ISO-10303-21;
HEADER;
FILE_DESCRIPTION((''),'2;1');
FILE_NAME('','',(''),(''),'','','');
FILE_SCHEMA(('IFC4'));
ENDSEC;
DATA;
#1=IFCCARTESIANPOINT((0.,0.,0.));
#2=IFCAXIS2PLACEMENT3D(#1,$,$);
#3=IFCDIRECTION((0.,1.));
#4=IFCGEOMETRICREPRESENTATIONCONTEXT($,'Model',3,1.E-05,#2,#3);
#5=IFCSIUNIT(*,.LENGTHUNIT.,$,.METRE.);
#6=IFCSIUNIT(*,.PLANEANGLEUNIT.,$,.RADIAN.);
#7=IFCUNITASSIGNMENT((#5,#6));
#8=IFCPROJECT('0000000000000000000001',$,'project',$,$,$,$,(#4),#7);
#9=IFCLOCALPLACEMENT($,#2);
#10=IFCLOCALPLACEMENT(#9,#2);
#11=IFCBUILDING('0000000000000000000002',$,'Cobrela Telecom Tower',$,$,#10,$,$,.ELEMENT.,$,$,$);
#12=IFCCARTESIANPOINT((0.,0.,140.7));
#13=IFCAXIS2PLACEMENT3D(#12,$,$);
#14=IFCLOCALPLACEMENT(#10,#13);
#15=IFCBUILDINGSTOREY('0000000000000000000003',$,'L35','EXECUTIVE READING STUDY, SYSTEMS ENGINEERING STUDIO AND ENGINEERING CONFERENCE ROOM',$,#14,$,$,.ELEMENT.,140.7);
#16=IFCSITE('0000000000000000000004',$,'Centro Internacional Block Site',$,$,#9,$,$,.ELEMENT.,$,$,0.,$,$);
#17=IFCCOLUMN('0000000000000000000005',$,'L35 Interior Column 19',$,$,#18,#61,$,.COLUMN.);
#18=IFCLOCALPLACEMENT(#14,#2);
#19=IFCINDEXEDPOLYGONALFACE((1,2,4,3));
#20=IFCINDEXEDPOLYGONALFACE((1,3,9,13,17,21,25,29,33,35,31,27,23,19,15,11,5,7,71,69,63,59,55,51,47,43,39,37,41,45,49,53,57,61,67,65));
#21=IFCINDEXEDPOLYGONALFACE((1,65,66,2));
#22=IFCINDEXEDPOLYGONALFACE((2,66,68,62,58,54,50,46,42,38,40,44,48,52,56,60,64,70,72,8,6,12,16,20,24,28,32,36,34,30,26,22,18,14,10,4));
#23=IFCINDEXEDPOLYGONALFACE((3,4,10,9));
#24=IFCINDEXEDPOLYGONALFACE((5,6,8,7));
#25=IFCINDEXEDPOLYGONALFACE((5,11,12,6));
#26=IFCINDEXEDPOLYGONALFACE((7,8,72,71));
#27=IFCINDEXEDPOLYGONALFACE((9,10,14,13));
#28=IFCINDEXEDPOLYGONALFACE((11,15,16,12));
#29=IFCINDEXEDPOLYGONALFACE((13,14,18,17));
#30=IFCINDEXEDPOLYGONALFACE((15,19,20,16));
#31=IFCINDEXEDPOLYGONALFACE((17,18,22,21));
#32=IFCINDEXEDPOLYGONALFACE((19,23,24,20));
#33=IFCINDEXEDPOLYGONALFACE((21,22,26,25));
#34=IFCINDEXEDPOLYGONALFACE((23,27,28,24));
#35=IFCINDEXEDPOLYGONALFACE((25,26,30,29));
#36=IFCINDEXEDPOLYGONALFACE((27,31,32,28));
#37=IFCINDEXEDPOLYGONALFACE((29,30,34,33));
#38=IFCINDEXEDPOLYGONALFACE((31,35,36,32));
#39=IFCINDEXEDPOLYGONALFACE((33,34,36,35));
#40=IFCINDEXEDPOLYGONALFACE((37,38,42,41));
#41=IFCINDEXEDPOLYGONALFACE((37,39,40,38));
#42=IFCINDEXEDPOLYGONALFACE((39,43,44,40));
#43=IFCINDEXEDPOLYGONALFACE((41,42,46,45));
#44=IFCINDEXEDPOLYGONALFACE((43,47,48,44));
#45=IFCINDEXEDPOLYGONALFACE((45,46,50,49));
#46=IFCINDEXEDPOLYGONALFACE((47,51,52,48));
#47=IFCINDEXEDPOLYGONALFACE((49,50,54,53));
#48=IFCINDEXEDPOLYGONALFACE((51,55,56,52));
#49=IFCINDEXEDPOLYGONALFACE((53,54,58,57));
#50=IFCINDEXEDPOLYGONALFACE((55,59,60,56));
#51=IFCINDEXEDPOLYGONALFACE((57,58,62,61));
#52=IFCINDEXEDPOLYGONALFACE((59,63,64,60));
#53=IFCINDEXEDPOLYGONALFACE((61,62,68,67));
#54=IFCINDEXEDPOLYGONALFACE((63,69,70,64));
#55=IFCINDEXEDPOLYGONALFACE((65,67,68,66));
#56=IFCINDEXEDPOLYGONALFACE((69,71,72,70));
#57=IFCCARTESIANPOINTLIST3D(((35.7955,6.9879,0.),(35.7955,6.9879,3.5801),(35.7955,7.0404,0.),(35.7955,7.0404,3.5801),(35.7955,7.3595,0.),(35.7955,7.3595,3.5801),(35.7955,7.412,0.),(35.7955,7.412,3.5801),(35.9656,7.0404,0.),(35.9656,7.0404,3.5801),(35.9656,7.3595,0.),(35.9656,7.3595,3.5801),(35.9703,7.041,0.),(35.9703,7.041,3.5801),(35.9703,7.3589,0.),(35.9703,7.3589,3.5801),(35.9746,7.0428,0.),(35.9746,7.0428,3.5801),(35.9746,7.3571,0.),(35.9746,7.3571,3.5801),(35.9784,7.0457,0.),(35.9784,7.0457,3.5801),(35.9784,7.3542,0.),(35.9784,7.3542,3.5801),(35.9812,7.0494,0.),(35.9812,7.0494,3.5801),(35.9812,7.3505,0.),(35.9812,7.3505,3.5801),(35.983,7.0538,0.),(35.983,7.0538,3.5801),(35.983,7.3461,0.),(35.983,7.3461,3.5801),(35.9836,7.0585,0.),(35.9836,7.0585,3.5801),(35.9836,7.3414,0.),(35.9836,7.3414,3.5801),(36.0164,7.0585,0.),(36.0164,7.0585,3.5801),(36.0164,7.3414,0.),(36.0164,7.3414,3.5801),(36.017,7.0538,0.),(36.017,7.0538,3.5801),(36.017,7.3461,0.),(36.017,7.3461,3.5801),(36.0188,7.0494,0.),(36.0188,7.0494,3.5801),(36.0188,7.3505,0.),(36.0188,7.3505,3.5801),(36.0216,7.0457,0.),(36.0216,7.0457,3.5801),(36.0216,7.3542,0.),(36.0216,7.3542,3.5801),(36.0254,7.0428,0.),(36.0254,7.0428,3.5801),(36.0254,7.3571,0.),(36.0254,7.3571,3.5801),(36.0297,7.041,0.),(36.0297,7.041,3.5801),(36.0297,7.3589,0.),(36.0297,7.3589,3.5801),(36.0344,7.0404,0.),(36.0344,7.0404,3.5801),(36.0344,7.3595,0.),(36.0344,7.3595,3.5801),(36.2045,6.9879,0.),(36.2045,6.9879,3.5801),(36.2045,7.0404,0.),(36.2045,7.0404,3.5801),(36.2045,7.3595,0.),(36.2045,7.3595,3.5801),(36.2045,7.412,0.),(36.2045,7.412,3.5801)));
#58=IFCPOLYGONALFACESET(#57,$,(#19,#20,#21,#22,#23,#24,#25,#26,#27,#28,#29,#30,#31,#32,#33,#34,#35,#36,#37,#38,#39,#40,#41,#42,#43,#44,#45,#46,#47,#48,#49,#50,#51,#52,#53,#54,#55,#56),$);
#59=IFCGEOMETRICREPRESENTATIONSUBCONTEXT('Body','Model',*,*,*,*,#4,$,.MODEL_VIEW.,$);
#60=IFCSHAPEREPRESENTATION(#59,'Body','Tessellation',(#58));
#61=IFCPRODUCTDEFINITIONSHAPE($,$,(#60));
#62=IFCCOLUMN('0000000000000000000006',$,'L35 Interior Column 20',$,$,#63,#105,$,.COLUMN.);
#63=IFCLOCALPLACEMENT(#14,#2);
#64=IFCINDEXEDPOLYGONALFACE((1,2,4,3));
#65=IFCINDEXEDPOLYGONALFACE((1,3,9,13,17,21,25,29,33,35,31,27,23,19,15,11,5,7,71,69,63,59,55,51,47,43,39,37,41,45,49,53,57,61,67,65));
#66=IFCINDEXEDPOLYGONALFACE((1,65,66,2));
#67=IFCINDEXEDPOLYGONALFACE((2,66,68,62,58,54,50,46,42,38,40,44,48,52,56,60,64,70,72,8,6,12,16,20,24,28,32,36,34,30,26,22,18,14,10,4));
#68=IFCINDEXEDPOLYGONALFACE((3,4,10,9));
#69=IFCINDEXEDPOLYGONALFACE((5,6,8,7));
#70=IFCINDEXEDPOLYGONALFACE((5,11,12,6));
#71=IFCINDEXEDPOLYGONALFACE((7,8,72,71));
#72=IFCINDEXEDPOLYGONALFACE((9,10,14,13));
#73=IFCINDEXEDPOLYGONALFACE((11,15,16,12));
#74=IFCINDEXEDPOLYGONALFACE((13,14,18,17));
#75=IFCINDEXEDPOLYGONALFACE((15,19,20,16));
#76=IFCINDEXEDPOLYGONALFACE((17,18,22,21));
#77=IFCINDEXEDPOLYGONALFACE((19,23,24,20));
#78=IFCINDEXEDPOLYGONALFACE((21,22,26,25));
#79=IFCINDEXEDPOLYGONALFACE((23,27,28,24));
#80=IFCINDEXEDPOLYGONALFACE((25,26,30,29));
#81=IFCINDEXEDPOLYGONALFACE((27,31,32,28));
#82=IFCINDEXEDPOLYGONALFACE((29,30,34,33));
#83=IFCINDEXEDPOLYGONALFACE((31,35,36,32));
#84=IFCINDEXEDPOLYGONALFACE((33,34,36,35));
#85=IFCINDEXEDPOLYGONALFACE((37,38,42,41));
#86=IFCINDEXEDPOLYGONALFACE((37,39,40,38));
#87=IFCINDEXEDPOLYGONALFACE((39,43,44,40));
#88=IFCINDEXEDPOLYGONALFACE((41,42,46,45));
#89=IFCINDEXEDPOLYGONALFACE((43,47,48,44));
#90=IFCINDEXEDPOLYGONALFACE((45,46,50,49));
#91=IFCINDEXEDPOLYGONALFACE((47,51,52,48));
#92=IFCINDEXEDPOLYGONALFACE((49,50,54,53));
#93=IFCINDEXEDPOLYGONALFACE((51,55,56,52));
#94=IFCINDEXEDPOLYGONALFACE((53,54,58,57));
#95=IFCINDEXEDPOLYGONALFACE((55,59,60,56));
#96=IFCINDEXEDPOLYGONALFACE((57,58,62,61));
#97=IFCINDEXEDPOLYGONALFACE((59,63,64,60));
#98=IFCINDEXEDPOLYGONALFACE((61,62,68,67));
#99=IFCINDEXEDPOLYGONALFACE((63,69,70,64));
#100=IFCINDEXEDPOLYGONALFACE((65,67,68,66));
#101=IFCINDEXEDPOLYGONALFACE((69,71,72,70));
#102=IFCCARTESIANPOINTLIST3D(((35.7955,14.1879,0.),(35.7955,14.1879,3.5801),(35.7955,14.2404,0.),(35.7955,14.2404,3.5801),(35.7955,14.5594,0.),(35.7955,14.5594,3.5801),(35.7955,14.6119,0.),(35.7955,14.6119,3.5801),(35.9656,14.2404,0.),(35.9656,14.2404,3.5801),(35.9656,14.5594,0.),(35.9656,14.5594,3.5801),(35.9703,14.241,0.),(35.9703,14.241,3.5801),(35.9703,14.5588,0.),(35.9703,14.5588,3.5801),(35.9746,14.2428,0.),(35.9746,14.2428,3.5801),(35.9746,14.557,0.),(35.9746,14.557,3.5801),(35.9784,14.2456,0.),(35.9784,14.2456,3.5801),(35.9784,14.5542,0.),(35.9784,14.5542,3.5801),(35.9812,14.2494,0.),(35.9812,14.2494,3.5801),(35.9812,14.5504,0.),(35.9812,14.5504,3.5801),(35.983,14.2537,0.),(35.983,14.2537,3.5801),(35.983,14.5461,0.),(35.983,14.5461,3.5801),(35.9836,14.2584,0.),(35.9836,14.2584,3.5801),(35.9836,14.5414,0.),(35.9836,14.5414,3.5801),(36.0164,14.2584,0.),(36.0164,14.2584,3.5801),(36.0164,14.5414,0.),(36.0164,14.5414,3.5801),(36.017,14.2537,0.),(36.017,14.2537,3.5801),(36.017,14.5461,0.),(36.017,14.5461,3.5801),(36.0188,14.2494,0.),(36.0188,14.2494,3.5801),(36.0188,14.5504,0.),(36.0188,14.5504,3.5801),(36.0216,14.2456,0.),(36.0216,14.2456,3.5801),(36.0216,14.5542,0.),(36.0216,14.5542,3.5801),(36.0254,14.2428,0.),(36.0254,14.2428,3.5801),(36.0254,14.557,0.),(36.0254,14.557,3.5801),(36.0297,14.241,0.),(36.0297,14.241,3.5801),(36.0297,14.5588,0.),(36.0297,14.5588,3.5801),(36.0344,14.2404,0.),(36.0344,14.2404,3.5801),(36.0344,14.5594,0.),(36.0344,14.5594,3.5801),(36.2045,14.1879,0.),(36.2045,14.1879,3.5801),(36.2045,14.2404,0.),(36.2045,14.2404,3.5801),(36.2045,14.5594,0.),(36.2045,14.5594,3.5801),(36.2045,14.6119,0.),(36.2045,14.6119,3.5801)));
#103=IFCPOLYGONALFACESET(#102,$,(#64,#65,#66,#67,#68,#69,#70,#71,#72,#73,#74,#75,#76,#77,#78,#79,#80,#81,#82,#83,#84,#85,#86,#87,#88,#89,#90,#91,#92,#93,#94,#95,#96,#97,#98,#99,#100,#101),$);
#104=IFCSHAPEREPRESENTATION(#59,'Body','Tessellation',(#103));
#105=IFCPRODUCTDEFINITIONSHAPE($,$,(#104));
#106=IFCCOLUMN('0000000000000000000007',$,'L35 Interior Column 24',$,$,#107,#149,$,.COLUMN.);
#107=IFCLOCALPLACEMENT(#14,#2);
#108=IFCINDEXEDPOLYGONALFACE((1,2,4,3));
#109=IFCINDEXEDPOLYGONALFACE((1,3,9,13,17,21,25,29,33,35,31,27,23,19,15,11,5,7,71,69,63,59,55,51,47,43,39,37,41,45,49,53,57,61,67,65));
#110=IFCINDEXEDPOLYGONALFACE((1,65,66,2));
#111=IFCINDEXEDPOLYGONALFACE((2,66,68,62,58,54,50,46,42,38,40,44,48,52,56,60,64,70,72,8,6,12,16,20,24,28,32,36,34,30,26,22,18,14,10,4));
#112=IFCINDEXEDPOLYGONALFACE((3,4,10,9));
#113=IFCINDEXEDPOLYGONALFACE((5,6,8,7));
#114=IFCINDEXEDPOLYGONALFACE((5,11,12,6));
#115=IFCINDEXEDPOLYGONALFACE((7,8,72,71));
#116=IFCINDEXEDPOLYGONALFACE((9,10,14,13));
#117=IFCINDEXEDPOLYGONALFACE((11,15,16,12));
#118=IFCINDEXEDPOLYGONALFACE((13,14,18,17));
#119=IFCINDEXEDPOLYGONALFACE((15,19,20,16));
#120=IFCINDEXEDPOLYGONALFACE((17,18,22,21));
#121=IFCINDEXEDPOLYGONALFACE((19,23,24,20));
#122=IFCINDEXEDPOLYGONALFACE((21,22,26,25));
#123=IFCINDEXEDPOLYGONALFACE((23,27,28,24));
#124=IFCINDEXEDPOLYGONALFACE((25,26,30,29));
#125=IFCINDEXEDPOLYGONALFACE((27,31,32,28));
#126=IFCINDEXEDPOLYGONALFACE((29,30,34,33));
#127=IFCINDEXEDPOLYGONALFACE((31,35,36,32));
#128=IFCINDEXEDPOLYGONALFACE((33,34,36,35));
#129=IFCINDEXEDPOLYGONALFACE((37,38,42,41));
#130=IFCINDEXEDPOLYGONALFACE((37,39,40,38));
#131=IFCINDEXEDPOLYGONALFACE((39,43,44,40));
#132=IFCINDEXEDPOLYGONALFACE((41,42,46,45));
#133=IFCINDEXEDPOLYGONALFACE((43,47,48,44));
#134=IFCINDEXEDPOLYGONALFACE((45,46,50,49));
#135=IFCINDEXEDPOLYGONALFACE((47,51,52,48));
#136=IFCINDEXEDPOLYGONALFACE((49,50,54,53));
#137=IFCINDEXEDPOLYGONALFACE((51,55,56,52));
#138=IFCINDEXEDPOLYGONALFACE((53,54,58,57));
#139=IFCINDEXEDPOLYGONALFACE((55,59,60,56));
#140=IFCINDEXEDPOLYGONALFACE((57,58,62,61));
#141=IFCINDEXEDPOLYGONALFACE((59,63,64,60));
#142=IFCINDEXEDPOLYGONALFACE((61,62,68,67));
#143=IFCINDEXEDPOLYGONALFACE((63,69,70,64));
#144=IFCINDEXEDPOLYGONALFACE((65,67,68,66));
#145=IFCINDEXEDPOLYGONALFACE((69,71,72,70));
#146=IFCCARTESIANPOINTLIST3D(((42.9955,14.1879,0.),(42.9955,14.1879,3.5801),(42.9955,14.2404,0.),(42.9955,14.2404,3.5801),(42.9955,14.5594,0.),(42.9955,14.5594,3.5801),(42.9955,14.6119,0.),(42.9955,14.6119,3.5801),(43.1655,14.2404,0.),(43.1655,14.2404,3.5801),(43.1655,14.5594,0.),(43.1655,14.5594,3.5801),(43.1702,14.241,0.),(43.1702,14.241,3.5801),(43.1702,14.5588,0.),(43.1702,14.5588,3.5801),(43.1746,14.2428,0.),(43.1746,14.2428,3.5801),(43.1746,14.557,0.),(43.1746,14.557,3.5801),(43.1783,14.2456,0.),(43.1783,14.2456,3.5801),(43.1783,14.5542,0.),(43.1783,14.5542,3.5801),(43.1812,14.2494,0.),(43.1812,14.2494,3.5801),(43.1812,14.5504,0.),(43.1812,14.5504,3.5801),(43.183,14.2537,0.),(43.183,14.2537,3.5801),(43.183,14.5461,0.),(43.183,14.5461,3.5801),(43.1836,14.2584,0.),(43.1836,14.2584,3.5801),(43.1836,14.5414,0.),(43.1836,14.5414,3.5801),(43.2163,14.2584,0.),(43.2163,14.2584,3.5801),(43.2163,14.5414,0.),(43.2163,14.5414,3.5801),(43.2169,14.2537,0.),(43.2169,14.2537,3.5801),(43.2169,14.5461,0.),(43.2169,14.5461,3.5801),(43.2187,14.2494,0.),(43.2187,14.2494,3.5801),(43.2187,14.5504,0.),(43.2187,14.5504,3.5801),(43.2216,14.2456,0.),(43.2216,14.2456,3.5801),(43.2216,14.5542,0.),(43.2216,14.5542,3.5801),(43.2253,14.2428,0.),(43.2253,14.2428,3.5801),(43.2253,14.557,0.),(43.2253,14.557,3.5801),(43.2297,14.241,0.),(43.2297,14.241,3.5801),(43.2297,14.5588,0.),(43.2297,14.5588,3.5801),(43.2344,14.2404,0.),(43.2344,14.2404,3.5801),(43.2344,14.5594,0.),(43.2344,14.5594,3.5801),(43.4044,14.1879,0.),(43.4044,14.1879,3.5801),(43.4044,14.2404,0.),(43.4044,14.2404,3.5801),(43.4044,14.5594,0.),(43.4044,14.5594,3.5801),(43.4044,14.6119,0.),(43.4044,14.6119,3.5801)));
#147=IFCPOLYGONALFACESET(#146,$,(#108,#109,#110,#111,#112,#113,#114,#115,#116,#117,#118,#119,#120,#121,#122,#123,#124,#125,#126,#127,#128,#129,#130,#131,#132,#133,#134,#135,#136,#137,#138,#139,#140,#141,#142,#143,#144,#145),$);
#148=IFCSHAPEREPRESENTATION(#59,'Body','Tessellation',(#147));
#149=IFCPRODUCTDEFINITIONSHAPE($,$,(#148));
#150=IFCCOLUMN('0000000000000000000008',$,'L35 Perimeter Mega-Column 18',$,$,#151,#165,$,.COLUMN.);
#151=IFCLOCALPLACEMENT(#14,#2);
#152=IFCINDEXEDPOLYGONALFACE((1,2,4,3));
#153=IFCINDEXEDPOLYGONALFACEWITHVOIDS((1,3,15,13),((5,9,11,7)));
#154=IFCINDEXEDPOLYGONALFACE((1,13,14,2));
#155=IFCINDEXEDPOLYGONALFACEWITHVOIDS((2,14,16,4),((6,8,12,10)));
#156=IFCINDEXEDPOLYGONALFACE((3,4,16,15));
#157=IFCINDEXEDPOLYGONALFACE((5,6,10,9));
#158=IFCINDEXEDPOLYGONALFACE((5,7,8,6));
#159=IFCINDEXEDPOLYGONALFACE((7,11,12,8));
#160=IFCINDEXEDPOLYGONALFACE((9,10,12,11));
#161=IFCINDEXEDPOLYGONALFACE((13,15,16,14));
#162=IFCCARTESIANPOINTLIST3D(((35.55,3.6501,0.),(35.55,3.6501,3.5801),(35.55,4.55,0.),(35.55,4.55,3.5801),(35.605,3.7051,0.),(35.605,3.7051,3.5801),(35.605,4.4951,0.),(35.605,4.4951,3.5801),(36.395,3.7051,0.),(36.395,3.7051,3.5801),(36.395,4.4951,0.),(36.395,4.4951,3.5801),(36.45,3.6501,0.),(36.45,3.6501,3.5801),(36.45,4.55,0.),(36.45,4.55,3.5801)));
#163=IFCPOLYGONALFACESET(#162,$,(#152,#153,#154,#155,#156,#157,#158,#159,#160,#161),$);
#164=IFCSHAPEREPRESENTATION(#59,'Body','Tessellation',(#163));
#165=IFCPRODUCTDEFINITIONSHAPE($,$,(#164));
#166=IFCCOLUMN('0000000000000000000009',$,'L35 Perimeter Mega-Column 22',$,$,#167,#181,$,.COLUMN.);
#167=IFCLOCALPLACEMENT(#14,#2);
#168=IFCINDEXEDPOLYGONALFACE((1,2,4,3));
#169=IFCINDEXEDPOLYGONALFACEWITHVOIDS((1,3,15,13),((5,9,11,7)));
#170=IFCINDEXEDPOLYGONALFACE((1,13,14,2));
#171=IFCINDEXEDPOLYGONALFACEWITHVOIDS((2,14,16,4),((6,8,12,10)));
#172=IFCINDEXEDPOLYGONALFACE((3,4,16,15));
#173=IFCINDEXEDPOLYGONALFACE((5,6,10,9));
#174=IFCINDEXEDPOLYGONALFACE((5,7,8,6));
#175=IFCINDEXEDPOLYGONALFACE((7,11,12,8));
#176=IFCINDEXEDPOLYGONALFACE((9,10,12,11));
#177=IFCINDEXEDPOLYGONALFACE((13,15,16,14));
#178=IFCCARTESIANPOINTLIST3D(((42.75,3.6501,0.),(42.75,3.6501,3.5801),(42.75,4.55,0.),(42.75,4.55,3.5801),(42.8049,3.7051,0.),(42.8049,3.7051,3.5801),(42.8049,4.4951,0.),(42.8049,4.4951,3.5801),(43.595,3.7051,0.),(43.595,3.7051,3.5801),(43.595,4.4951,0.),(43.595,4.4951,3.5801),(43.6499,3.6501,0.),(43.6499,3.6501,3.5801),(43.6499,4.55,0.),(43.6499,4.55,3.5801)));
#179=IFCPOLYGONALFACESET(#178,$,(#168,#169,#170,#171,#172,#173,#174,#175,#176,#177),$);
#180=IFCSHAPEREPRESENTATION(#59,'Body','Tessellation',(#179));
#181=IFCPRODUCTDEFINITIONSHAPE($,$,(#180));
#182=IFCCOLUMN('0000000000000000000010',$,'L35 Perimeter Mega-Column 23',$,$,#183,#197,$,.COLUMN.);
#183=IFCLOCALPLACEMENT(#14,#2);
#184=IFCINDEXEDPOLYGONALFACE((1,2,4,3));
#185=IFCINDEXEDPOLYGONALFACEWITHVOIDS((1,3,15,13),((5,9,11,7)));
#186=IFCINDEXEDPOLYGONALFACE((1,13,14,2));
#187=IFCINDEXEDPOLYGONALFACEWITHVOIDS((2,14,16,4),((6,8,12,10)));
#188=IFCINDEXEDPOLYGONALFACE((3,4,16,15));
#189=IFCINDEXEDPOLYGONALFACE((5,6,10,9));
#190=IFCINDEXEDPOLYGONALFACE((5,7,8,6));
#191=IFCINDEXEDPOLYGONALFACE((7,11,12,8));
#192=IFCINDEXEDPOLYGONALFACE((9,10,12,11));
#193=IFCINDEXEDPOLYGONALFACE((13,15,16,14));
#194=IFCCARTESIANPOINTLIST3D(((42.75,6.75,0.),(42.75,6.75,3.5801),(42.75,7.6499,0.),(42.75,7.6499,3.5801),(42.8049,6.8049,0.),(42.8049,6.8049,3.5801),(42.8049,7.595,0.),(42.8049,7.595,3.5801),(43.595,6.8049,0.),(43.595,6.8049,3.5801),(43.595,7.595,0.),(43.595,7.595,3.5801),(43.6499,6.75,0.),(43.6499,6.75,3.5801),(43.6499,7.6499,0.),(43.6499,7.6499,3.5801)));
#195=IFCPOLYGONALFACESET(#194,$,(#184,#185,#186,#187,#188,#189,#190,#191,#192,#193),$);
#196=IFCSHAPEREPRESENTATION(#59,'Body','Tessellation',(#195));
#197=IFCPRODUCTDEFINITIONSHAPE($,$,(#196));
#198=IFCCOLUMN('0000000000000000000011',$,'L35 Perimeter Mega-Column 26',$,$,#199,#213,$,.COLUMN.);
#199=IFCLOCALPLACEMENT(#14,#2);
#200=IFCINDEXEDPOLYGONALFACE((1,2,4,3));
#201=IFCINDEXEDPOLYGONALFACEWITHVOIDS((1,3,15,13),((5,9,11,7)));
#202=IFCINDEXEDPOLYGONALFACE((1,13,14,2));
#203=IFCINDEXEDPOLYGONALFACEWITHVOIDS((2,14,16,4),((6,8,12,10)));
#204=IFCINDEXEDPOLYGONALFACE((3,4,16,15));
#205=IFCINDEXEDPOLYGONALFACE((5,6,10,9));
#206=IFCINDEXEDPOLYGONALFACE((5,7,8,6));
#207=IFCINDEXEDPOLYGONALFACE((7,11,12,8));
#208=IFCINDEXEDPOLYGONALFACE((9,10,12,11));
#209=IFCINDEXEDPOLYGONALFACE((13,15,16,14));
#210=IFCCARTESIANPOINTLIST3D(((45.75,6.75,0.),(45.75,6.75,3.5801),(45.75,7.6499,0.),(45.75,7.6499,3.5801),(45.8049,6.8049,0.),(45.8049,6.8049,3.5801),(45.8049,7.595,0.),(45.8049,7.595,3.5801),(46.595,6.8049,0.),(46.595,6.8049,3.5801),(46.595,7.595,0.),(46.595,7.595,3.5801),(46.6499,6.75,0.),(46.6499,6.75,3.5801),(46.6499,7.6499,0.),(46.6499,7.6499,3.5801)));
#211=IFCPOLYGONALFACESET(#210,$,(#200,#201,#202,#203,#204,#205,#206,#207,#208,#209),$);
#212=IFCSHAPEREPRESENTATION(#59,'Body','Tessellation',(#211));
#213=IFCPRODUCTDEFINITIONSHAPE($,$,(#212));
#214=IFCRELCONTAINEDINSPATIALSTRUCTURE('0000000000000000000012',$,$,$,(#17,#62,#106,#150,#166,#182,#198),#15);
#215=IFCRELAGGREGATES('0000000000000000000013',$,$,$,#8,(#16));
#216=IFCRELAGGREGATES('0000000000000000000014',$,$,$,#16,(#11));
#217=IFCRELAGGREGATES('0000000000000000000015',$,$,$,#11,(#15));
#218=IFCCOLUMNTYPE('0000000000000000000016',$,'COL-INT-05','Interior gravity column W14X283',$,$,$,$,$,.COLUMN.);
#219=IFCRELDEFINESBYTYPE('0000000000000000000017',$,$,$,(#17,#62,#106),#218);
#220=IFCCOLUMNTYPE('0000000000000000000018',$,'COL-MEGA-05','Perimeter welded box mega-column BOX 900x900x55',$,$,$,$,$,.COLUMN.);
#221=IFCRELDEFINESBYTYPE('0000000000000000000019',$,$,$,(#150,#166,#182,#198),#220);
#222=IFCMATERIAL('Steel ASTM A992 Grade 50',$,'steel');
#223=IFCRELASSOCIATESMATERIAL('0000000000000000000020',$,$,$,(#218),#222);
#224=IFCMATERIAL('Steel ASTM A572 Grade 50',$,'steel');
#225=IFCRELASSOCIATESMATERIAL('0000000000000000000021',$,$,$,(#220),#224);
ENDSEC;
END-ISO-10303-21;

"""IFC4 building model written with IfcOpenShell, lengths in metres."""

from ifc_helpers import new_model, si_unit, direction, frame, origin, origin_2d, place, context, subcontext, project, spatial, hollow_rectangle, i_section, extrude, material, material_profile, profile_set, type_object, element, save


model = new_model("IFC4")

# Units and contexts
model_context = context("Model", 3, precision=1e-05, world=origin(), true_north=direction((0.0, 1.0)))
body_context = subcontext(model_context, "Body", "Model", "MODEL_VIEW")
ifc_project = project(units=[si_unit("LENGTHUNIT", "METRE"), si_unit("PLANEANGLEUNIT", "RADIAN")], contexts=[model_context])

# Site, building, storey
site_placement = place(None, origin())
site = spatial("IfcSite", under=ifc_project, at=site_placement, Name="Centro Internacional Block Site", CompositionType="ELEMENT", RefElevation=0.0)
building_placement = place(site_placement, origin())
building = spatial("IfcBuilding", under=site, at=building_placement, Name="Cobrela Telecom Tower", CompositionType="ELEMENT")
storey_placement = place(building_placement, frame((0.0, 0.0, 140.7)))
storey = spatial("IfcBuildingStorey", under=building, at=storey_placement, Name="L35", Description="EXECUTIVE READING STUDY, SYSTEMS ENGINEERING STUDIO AND ENGINEERING CONFERENCE ROOM", CompositionType="ELEMENT", Elevation=140.7)

# Columns
ifc_material_1 = material(Name="Steel ASTM A992 Grade 50", Category="steel")
ifc_material_profile_1 = material_profile(ifc_material_1, i_section(OverallWidth=0.4089, OverallDepth=0.4241, WebThickness=0.0327, FlangeThickness=0.0525, FilletRadius=0.0181, at=origin_2d()), Name="W14X283")
ifc_profile_set_1 = profile_set([ifc_material_profile_1], Name="Steel ASTM A992 Grade 50")
column_type_1 = type_object("IfcColumnType", Name="COL-INT-05", Description="Interior gravity column W14X283", PredefinedType="COLUMN", material=ifc_profile_set_1)
for number, where, z_axis, x_axis, name in (
    (1, (36.0, 7.2, 0.0), (0.0, 0.0, 1.0), (1.0, 0.0, 0.0), "L35 Interior Column 19"),
    (2, (36.0, 14.3999, 0.0), (0.0, 0.0, 1.0), (1.0, 0.0, 0.0), "L35 Interior Column 20"),
    (3, (43.2, 14.3999, 0.0), (0.0, 0.0, 1.0), (1.0, 0.0, 0.0), "L35 Interior Column 24"),
):
    element("IfcColumn", number, at=place(storey_placement, frame(where, z_axis=z_axis, x_axis=x_axis)), inside=storey, type_object=column_type_1, Name=name, PredefinedType="COLUMN", context=body_context, shape_type="SweptSolid", body=[
        extrude(i_section(OverallWidth=0.4089, OverallDepth=0.4241, WebThickness=0.0327, FlangeThickness=0.0525, FilletRadius=0.0181, at=origin_2d()), origin(), (0.0, 0.0, 1.0), 3.5801),
    ])
ifc_material_2 = material(Name="Steel ASTM A572 Grade 50", Category="steel")
ifc_material_profile_2 = material_profile(ifc_material_2, hollow_rectangle(XDim=0.8999, YDim=0.8999, WallThickness=0.0549, at=origin_2d()), Name="BOX 900x900x55")
ifc_profile_set_2 = profile_set([ifc_material_profile_2], Name="Steel ASTM A572 Grade 50")
column_type_2 = type_object("IfcColumnType", Name="COL-MEGA-05", Description="Perimeter welded box mega-column BOX 900x900x55", PredefinedType="COLUMN", material=ifc_profile_set_2)
for number, where, z_axis, x_axis, name in (
    (4, (36.0, 4.1001, 0.0), (0.0, 0.0, 1.0), (1.0, 0.0, 0.0), "L35 Perimeter Mega-Column 18"),
    (5, (43.2, 4.1001, 0.0), (0.0, 0.0, 1.0), (1.0, 0.0, 0.0), "L35 Perimeter Mega-Column 22"),
    (6, (43.2, 7.2, 0.0), (0.0, 0.0, 1.0), (1.0, 0.0, 0.0), "L35 Perimeter Mega-Column 23"),
    (7, (46.2, 7.2, 0.0), (0.0, 0.0, 1.0), (1.0, 0.0, 0.0), "L35 Perimeter Mega-Column 26"),
):
    element("IfcColumn", number, at=place(storey_placement, frame(where, z_axis=z_axis, x_axis=x_axis)), inside=storey, type_object=column_type_2, Name=name, PredefinedType="COLUMN", context=body_context, shape_type="SweptSolid", body=[
        extrude(hollow_rectangle(XDim=0.8999, YDim=0.8999, WallThickness=0.0549, at=origin_2d()), origin(), (0.0, 0.0, 1.0), 3.5801),
    ])

save(model, "model.ifc")
